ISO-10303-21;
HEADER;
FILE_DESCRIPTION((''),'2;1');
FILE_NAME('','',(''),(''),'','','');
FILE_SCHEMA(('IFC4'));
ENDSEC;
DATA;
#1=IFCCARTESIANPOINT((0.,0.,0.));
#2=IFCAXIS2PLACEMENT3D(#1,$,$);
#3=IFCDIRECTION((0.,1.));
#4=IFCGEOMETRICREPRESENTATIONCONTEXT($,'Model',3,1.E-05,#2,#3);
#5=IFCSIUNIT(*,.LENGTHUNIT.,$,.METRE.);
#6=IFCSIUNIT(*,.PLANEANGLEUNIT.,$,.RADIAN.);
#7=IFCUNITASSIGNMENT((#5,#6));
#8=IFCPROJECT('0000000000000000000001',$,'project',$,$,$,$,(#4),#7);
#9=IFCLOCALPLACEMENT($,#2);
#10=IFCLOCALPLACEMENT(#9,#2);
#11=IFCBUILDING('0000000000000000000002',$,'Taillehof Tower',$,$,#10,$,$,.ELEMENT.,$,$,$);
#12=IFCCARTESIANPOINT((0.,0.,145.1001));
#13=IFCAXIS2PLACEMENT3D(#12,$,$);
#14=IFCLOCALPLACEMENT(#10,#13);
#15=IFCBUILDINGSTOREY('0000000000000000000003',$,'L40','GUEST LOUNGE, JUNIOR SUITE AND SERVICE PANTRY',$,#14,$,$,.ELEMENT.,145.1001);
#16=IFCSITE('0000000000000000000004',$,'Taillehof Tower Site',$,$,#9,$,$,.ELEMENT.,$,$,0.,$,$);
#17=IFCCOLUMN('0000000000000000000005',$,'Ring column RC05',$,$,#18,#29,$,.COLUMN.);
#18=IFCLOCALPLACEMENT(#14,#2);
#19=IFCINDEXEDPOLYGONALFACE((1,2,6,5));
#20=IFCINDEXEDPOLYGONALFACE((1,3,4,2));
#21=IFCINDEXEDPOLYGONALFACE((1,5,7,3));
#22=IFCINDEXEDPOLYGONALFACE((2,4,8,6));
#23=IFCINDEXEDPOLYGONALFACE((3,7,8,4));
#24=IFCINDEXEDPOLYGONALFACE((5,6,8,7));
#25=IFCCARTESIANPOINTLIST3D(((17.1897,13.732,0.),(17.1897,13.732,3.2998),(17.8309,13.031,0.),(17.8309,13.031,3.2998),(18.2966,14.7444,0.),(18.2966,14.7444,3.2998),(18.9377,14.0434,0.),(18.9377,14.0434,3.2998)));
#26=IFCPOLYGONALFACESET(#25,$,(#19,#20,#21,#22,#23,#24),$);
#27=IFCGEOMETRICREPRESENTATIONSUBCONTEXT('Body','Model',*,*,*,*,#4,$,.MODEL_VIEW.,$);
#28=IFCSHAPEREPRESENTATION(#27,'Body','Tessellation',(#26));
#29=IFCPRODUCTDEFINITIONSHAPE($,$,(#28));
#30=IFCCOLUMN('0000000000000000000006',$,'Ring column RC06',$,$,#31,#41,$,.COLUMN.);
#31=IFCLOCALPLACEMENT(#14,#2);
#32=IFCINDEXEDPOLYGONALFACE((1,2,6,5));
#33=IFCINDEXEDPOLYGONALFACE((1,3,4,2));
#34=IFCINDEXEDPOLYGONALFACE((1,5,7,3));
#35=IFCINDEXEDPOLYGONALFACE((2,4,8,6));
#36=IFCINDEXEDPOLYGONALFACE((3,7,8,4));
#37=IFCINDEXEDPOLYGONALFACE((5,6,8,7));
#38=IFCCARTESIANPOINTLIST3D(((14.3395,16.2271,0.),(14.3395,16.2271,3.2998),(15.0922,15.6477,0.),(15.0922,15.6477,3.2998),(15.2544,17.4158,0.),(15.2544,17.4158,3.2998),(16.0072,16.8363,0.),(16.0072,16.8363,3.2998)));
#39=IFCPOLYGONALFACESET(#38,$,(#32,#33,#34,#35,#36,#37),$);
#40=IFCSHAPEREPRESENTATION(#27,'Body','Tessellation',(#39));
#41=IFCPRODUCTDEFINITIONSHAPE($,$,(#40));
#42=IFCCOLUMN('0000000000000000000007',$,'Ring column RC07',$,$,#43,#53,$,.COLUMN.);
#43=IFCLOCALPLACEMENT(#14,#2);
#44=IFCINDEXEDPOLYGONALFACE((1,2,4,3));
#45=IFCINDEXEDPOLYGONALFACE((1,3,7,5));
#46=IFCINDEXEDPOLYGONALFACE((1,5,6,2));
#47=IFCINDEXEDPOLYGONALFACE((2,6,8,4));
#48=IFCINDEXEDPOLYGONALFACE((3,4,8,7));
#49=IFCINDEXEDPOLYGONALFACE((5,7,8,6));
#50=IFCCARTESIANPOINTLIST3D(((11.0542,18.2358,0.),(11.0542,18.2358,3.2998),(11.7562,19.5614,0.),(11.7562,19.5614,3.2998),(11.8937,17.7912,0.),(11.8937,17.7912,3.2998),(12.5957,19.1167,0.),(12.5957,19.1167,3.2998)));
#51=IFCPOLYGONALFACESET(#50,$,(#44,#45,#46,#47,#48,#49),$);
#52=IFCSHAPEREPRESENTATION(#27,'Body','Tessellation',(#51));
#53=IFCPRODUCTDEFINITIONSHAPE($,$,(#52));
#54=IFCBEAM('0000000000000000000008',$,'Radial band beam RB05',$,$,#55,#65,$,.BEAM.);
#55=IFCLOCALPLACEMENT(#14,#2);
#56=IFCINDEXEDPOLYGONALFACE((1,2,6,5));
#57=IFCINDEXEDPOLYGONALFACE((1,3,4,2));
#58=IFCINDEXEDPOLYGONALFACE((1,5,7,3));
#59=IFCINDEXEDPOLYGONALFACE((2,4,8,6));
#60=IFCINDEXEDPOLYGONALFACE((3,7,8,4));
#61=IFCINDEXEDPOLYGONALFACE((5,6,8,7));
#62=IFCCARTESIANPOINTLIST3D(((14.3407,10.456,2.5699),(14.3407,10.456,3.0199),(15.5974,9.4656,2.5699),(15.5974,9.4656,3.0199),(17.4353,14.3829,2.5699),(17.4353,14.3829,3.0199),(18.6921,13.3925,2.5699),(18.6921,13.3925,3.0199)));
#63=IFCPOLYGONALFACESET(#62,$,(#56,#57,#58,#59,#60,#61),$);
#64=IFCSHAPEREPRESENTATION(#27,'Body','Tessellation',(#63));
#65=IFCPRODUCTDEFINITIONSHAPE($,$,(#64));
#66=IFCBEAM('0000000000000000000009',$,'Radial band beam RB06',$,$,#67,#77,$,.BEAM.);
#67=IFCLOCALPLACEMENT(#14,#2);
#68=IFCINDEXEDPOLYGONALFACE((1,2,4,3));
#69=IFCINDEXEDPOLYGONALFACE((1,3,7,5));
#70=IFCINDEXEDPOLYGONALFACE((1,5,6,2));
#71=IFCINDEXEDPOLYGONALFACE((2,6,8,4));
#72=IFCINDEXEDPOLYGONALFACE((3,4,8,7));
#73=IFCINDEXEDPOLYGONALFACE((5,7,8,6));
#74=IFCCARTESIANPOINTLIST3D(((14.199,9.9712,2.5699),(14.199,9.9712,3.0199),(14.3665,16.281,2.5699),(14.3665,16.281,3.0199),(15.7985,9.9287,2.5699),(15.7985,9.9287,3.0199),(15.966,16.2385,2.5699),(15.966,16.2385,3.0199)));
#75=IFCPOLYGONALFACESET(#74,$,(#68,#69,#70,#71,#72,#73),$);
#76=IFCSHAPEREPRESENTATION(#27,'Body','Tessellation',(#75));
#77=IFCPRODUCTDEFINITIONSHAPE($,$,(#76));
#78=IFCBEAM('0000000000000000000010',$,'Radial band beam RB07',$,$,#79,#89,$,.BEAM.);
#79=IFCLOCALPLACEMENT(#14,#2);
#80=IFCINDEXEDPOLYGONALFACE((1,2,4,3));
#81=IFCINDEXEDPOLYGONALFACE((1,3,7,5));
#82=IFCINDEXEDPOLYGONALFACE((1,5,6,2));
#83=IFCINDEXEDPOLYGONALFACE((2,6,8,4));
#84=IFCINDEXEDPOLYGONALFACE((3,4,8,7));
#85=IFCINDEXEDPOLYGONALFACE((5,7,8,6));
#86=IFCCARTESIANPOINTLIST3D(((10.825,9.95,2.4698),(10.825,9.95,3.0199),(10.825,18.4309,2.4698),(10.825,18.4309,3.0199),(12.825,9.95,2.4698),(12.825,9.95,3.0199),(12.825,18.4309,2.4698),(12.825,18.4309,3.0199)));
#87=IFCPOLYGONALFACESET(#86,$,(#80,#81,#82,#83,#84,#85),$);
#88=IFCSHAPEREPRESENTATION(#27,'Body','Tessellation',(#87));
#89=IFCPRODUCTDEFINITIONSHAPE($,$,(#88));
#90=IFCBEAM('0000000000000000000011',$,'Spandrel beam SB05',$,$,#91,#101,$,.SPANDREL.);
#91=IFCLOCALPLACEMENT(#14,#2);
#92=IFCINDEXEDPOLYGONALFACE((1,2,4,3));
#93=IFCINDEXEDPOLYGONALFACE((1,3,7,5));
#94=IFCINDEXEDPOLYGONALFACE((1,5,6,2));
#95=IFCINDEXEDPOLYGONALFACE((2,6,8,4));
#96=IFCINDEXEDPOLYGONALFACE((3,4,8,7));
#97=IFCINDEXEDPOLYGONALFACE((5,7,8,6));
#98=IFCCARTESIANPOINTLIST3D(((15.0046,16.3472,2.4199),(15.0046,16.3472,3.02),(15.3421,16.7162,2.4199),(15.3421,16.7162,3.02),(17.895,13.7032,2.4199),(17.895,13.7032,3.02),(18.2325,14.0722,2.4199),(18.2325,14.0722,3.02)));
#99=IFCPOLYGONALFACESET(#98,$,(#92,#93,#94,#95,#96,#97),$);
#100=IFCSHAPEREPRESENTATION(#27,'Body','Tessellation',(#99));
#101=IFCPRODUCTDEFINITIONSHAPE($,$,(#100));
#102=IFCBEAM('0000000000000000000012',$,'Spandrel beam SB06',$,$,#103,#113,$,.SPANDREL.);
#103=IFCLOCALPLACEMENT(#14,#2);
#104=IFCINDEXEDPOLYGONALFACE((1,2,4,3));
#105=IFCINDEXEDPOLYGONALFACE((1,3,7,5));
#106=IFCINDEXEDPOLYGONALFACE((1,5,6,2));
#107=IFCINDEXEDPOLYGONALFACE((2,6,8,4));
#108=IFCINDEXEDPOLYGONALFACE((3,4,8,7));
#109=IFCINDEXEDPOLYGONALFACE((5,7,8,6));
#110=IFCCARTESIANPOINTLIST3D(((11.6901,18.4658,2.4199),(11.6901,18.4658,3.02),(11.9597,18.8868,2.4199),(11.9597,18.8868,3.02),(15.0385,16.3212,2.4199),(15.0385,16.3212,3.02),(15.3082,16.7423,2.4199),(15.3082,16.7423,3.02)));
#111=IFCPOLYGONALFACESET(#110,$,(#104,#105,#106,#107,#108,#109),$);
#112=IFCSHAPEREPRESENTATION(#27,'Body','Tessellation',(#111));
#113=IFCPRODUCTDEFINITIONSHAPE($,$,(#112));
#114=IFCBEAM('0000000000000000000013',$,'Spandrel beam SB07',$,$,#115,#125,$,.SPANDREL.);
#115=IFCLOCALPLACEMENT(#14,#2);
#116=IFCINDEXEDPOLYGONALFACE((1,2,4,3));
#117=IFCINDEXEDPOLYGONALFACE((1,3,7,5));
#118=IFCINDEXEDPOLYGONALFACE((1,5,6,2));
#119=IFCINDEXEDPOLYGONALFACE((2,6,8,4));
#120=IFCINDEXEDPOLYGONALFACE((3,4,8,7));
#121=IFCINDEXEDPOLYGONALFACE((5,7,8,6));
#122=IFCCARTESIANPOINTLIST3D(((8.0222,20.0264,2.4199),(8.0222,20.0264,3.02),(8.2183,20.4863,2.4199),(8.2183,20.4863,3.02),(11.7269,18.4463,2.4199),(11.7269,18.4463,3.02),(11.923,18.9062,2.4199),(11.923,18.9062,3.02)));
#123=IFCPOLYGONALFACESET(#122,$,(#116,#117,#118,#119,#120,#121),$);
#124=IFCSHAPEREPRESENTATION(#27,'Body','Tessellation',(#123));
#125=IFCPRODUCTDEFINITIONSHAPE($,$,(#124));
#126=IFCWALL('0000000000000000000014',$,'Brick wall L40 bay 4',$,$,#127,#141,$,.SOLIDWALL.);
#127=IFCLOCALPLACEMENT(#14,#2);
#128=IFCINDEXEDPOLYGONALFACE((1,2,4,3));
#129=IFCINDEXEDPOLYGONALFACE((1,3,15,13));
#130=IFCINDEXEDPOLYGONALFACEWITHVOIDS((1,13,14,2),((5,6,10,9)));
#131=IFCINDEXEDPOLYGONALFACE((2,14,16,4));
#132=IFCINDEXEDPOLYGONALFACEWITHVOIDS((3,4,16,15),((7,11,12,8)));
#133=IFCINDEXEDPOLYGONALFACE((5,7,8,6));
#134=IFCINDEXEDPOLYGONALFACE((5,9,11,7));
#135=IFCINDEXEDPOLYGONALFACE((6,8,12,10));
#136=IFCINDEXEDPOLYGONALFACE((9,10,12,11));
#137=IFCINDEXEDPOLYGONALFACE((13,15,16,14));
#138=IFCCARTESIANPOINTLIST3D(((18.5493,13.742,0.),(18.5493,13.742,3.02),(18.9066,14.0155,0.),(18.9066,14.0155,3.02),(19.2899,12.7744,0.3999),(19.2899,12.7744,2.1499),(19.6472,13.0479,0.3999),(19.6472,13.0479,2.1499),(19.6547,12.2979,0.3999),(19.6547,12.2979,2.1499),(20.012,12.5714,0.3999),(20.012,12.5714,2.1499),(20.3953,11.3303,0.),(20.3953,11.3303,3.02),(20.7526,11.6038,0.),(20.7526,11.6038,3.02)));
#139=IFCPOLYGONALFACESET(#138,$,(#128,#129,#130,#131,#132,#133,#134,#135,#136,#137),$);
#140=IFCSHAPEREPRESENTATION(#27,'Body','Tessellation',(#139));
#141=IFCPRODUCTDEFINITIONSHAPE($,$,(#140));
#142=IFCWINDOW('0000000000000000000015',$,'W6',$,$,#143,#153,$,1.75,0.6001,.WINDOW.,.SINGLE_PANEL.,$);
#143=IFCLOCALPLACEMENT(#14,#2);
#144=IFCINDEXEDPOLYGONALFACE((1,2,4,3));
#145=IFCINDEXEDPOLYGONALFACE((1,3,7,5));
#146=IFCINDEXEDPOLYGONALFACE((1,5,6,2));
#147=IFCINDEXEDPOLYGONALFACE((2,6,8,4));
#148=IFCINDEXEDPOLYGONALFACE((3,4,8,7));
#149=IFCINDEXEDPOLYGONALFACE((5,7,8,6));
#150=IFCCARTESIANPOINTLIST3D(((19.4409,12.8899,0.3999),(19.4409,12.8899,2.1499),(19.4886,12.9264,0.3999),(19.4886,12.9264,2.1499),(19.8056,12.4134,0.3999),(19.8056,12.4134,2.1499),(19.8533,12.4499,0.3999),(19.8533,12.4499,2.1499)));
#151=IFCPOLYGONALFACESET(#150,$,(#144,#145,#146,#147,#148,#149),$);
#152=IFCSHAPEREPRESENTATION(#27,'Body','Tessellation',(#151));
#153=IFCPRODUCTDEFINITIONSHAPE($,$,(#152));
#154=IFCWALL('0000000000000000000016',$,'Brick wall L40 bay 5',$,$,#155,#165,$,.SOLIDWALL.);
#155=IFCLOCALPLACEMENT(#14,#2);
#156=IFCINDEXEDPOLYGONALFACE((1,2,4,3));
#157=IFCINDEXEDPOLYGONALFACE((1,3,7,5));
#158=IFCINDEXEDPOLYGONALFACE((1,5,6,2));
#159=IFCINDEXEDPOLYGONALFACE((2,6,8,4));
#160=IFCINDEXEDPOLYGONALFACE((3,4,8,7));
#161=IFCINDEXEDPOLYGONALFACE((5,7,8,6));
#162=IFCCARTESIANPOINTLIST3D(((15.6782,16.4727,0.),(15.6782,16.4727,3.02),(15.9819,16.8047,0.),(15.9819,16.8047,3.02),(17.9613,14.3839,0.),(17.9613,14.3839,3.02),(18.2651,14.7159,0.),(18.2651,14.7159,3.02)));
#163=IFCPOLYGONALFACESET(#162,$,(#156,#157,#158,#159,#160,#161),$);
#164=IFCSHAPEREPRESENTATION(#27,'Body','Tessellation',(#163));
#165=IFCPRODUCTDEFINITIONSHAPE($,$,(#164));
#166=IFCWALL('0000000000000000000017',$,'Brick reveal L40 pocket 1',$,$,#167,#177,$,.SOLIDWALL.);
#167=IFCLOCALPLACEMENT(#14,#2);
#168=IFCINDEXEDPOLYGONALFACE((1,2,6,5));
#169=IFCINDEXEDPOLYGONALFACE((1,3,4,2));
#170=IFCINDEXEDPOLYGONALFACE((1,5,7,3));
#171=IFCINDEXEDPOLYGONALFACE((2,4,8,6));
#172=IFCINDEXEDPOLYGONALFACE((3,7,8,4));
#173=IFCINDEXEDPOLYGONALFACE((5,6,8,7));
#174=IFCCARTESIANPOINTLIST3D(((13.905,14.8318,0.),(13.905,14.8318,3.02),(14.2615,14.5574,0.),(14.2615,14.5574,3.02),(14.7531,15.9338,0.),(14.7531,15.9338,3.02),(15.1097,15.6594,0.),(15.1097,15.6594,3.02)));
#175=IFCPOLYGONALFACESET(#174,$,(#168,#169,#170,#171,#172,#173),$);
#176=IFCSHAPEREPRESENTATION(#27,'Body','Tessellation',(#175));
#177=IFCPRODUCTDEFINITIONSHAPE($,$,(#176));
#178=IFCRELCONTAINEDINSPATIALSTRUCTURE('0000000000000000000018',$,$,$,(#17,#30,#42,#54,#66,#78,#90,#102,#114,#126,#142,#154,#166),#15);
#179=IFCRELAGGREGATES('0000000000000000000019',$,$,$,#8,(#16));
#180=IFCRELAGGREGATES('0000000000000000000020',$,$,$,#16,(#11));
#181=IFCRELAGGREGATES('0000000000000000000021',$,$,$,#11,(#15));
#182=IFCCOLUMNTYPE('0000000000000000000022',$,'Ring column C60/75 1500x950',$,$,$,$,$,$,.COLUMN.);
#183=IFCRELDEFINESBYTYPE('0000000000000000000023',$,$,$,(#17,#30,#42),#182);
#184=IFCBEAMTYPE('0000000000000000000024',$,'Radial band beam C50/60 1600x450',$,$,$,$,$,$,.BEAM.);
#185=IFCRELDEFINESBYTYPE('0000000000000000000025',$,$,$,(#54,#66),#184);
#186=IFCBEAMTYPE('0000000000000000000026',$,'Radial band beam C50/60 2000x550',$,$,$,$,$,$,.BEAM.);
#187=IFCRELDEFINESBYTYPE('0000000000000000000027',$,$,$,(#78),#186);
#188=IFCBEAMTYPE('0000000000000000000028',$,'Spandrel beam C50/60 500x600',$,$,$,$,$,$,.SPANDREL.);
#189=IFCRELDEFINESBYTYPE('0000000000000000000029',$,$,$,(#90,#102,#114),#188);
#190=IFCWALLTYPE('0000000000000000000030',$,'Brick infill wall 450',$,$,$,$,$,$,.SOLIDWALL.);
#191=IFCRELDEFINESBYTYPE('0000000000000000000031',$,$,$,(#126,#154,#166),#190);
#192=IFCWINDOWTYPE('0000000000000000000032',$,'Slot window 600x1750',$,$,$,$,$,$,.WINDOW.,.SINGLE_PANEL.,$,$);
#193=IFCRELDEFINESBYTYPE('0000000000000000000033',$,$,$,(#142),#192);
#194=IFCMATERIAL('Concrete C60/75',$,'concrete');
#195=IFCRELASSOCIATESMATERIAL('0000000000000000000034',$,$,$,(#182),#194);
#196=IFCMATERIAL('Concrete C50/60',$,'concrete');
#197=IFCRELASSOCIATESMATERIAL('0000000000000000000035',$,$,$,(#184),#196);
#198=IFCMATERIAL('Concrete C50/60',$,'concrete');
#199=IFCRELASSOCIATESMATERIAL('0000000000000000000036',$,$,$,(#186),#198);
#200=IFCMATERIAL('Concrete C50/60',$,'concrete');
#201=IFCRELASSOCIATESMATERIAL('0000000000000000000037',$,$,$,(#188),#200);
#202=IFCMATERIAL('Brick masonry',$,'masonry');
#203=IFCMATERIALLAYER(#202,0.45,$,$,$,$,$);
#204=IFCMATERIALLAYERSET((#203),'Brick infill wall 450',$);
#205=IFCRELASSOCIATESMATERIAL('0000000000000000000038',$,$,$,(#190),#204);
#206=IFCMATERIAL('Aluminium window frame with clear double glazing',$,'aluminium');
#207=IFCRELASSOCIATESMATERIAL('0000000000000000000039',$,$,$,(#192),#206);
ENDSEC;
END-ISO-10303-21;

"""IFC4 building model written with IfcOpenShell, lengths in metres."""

from ifc_helpers import new_model, si_unit, direction, frame, frame_2d, origin, origin_2d, place, context, subcontext, project, spatial, rectangle, extrude, material, layer, layer_set, material_profile, profile_set, type_object, element, fill, save


model = new_model("IFC4")

# Units and contexts
model_context = context("Model", 3, precision=1e-05, world=origin(), true_north=direction((0.0, 1.0)))
body_context = subcontext(model_context, "Body", "Model", "MODEL_VIEW")
ifc_project = project(units=[si_unit("LENGTHUNIT", "METRE"), si_unit("PLANEANGLEUNIT", "RADIAN")], contexts=[model_context])

# Site, building, storey
site_placement = place(None, origin())
site = spatial("IfcSite", under=ifc_project, at=site_placement, Name="Taillehof Tower Site", CompositionType="ELEMENT", RefElevation=0.0)
building_placement = place(site_placement, origin())
building = spatial("IfcBuilding", under=site, at=building_placement, Name="Taillehof Tower", CompositionType="ELEMENT")
storey_placement = place(building_placement, frame((0.0, 0.0, 145.1001)))
storey = spatial("IfcBuildingStorey", under=building, at=storey_placement, Name="L40", Description="GUEST LOUNGE, JUNIOR SUITE AND SERVICE PANTRY", CompositionType="ELEMENT", Elevation=145.1001)

# Columns
ifc_material_1 = material(Name="Concrete C60/75", Category="concrete")
ifc_material_profile_1 = material_profile(ifc_material_1, rectangle(XDim=1.5, YDim=0.95, at=origin_2d()), Name="RC 1500x950")
ifc_profile_set_1 = profile_set([ifc_material_profile_1], Name="Concrete C60/75")
column_type = type_object("IfcColumnType", Name="Ring column C60/75 1500x950", PredefinedType="COLUMN", material=ifc_profile_set_1)
for number, where, z_axis, x_axis, name in (
    (1, (18.0637, 13.8877, 0.0), (0.0, 0.0, 1.0), (0.737879, 0.674933, 0.0), "Ring column RC05"),
    (2, (15.1733, 16.5317, 0.0), (0.0, 0.0, 1.0), (0.609971, 0.792424, 0.0), "Ring column RC06"),
    (3, (11.825, 18.6763, 0.0), (0.0, 0.0, 1.0), (0.468042, 0.883706, 0.0), "Ring column RC07"),
):
    element("IfcColumn", number, at=place(storey_placement, frame(where, z_axis=z_axis, x_axis=x_axis)), inside=storey, type_object=column_type, Name=name, PredefinedType="COLUMN", context=body_context, shape_type="SweptSolid", body=[
        extrude(rectangle(XDim=1.5, YDim=0.95, at=origin_2d()), origin(), (0.0, 0.0, 1.0), 3.2998),
    ])

# Beams
ifc_material_2 = material(Name="Concrete C50/60", Category="concrete")
ifc_material_profile_2 = material_profile(ifc_material_2, rectangle(XDim=1.6001, YDim=0.45, at=origin_2d()), Name="RC 1600x450")
ifc_profile_set_2 = profile_set([ifc_material_profile_2], Name="Concrete C50/60")
beam_type_1 = type_object("IfcBeamType", Name="Radial band beam C50/60 1600x450", PredefinedType="BEAM", material=ifc_profile_set_2)
beam_1_placement = place(storey_placement, frame((18.0637, 13.8877, 2.7949), z_axis=(-0.618962, -0.785421, 0.0), x_axis=(0.785421, -0.618962, 0.0)))
element("IfcBeam", 4, at=beam_1_placement, inside=storey, type_object=beam_type_1, Name="Radial band beam RB05", PredefinedType="BEAM", context=body_context, shape_type="SweptSolid", body=[
    extrude(rectangle(XDim=1.6001, YDim=0.45, at=origin_2d()), origin(), (0.0, 0.0, 1.0), 4.9998),
])
beam_2_placement = place(storey_placement, frame((15.1663, 16.2598, 2.7949), z_axis=(-0.026534, -0.999648, 0.0), x_axis=(0.999648, -0.026534, 0.0)))
element("IfcBeam", 5, at=beam_2_placement, inside=storey, type_object=beam_type_1, Name="Radial band beam RB06", PredefinedType="BEAM", context=body_context, shape_type="SweptSolid", body=[
    extrude(rectangle(XDim=1.6001, YDim=0.45, at=origin_2d()), origin(), (0.0, 0.0, 1.0), 6.312),
])
ifc_material_3 = material(Name="Concrete C50/60", Category="concrete")
ifc_material_profile_3 = material_profile(ifc_material_3, rectangle(XDim=2.0, YDim=0.55, at=origin_2d()), Name="RC 2000x550")
ifc_profile_set_3 = profile_set([ifc_material_profile_3], Name="Concrete C50/60")
beam_type_2 = type_object("IfcBeamType", Name="Radial band beam C50/60 2000x550", PredefinedType="BEAM", material=ifc_profile_set_3)
beam_3_placement = place(storey_placement, frame((11.825, 18.4309, 2.7449), z_axis=(0.0, -1.0, 0.0), x_axis=(1.0, 0.0, 0.0)))
element("IfcBeam", 6, at=beam_3_placement, inside=storey, type_object=beam_type_2, Name="Radial band beam RB07", PredefinedType="BEAM", context=body_context, shape_type="SweptSolid", body=[
    extrude(rectangle(XDim=2.0, YDim=0.55, at=origin_2d()), origin(), (0.0, 0.0, 1.0), 8.481),
])
ifc_material_4 = material(Name="Concrete C50/60", Category="concrete")
ifc_material_profile_4 = material_profile(ifc_material_4, rectangle(XDim=0.5, YDim=0.6001, at=origin_2d()), Name="RC 500x600")
ifc_profile_set_4 = profile_set([ifc_material_profile_4], Name="Concrete C50/60")
beam_type_3 = type_object("IfcBeamType", Name="Spandrel beam C50/60 500x600", PredefinedType="SPANDREL", material=ifc_profile_set_4)
beam_4_placement = place(storey_placement, frame((18.0637, 13.8877, 2.72), z_axis=(-0.73785, 0.674965, 0.0), x_axis=(-0.674965, -0.73785, 0.0)))
element("IfcBeam", 7, at=beam_4_placement, inside=storey, type_object=beam_type_3, Name="Spandrel beam SB05", PredefinedType="SPANDREL", context=body_context, shape_type="SweptSolid", body=[
    extrude(rectangle(XDim=0.5, YDim=0.6001, at=origin_2d()), origin(), (0.0, 0.0, 1.0), 3.9172),
])
beam_5_placement = place(storey_placement, frame((15.1733, 16.5317, 2.72), z_axis=(-0.842093, 0.539332, 0.0), x_axis=(-0.539332, -0.842093, 0.0)))
element("IfcBeam", 8, at=beam_5_placement, inside=storey, type_object=beam_type_3, Name="Spandrel beam SB06", PredefinedType="SPANDREL", context=body_context, shape_type="SweptSolid", body=[
    extrude(rectangle(XDim=0.5, YDim=0.6001, at=origin_2d()), origin(), (0.0, 0.0, 1.0), 3.9763),
])
beam_6_placement = place(storey_placement, frame((11.825, 18.6763, 2.72), z_axis=(-0.919827, 0.392324, 0.0), x_axis=(-0.392324, -0.919827, 0.0)))
element("IfcBeam", 9, at=beam_6_placement, inside=storey, type_object=beam_type_3, Name="Spandrel beam SB07", PredefinedType="SPANDREL", context=body_context, shape_type="SweptSolid", body=[
    extrude(rectangle(XDim=0.5, YDim=0.6001, at=origin_2d()), origin(), (0.0, 0.0, 1.0), 4.0276),
])

# Wall, opening, window
ifc_material_5 = material(Name="Brick masonry", Category="masonry")
ifc_layer_1 = layer(ifc_material_5, 0.45)
ifc_layer_set_1 = layer_set([ifc_layer_1], Name="Brick infill wall 450")
wall_type_1 = type_object("IfcWallType", Name="Brick infill wall 450", PredefinedType="SOLIDWALL", material=ifc_layer_set_1)
wall_1_placement = place(storey_placement, frame((20.574, 11.467, 0.0), z_axis=(0.0, 0.0, 1.0), x_axis=(-0.607817, 0.794077, 0.0)))
wall_1 = element("IfcWall", 10, at=wall_1_placement, inside=storey, type_object=wall_type_1, Name="Brick wall L40 bay 4", PredefinedType="SOLIDWALL", context=body_context, shape_type="SweptSolid", body=[
    extrude(rectangle(XDim=3.0371, YDim=0.45, at=frame_2d((1.5186, 0.0))), origin(), (0.0, 0.0, 1.0), 3.02),
])
opening_1_placement = place(wall_1_placement, frame((1.2185, 0.0, 0.3999)))
opening_1 = element("IfcOpeningElement", 11, at=opening_1_placement, cuts=wall_1, PredefinedType="OPENING", context=body_context, shape_type="SweptSolid", body=[
    extrude(rectangle(XDim=0.6001, YDim=1.75, at=frame_2d((0.3, 0.875))), frame((0.0, 0.2349, 0.0), z_axis=(0.0, -1.0, 0.0), x_axis=(1.0, 0.0, 0.0)), (0.0, 0.0, 1.0), 0.47),
])
ifc_material_6 = material(Name="Aluminium window frame with clear double glazing", Category="aluminium")
window_type_1 = type_object("IfcWindowType", Name="Slot window 600x1750", PartitioningType="SINGLE_PANEL", PredefinedType="WINDOW", material=ifc_material_6)
window_1_placement = place(opening_1_placement, origin())
window_1 = element("IfcWindow", 12, at=window_1_placement, inside=storey, type_object=window_type_1, Name="W6", OverallHeight=1.75, OverallWidth=0.6001, PartitioningType="SINGLE_PANEL", PredefinedType="WINDOW", context=body_context, shape_type="SweptSolid", body=[
    extrude(rectangle(XDim=0.6001, YDim=1.75, at=frame_2d((0.3, 0.875))), frame((0.0, 0.0349, 0.0), z_axis=(0.0, -1.0, 0.0), x_axis=(1.0, 0.0, 0.0)), (0.0, 0.0, 1.0), 0.0601),
])
fill(opening_1, window_1)

# Walls
wall_2_placement = place(storey_placement, frame((18.1133, 14.5498, 0.0), z_axis=(0.0, 0.0, 1.0), x_axis=(-0.737809, 0.67501, 0.0)))
element("IfcWall", 13, at=wall_2_placement, inside=storey, type_object=wall_type_1, Name="Brick wall L40 bay 5", PredefinedType="SOLIDWALL", context=body_context, shape_type="SweptSolid", body=[
    extrude(rectangle(XDim=3.0945, YDim=0.45, at=frame_2d((1.5474, 0.0))), origin(), (0.0, 0.0, 1.0), 3.02),
])
wall_3_placement = place(storey_placement, frame((14.9314, 15.7966, 0.0), z_axis=(0.0, 0.0, 1.0), x_axis=(-0.609897, -0.79248, 0.0)))
element("IfcWall", 14, at=wall_3_placement, inside=storey, type_object=wall_type_1, Name="Brick reveal L40 pocket 1", PredefinedType="SOLIDWALL", context=body_context, shape_type="SweptSolid", body=[
    extrude(rectangle(XDim=1.3906, YDim=0.45, at=frame_2d((0.6953, 0.0))), origin(), (0.0, 0.0, 1.0), 3.02),
])

save(model, "model.ifc")
